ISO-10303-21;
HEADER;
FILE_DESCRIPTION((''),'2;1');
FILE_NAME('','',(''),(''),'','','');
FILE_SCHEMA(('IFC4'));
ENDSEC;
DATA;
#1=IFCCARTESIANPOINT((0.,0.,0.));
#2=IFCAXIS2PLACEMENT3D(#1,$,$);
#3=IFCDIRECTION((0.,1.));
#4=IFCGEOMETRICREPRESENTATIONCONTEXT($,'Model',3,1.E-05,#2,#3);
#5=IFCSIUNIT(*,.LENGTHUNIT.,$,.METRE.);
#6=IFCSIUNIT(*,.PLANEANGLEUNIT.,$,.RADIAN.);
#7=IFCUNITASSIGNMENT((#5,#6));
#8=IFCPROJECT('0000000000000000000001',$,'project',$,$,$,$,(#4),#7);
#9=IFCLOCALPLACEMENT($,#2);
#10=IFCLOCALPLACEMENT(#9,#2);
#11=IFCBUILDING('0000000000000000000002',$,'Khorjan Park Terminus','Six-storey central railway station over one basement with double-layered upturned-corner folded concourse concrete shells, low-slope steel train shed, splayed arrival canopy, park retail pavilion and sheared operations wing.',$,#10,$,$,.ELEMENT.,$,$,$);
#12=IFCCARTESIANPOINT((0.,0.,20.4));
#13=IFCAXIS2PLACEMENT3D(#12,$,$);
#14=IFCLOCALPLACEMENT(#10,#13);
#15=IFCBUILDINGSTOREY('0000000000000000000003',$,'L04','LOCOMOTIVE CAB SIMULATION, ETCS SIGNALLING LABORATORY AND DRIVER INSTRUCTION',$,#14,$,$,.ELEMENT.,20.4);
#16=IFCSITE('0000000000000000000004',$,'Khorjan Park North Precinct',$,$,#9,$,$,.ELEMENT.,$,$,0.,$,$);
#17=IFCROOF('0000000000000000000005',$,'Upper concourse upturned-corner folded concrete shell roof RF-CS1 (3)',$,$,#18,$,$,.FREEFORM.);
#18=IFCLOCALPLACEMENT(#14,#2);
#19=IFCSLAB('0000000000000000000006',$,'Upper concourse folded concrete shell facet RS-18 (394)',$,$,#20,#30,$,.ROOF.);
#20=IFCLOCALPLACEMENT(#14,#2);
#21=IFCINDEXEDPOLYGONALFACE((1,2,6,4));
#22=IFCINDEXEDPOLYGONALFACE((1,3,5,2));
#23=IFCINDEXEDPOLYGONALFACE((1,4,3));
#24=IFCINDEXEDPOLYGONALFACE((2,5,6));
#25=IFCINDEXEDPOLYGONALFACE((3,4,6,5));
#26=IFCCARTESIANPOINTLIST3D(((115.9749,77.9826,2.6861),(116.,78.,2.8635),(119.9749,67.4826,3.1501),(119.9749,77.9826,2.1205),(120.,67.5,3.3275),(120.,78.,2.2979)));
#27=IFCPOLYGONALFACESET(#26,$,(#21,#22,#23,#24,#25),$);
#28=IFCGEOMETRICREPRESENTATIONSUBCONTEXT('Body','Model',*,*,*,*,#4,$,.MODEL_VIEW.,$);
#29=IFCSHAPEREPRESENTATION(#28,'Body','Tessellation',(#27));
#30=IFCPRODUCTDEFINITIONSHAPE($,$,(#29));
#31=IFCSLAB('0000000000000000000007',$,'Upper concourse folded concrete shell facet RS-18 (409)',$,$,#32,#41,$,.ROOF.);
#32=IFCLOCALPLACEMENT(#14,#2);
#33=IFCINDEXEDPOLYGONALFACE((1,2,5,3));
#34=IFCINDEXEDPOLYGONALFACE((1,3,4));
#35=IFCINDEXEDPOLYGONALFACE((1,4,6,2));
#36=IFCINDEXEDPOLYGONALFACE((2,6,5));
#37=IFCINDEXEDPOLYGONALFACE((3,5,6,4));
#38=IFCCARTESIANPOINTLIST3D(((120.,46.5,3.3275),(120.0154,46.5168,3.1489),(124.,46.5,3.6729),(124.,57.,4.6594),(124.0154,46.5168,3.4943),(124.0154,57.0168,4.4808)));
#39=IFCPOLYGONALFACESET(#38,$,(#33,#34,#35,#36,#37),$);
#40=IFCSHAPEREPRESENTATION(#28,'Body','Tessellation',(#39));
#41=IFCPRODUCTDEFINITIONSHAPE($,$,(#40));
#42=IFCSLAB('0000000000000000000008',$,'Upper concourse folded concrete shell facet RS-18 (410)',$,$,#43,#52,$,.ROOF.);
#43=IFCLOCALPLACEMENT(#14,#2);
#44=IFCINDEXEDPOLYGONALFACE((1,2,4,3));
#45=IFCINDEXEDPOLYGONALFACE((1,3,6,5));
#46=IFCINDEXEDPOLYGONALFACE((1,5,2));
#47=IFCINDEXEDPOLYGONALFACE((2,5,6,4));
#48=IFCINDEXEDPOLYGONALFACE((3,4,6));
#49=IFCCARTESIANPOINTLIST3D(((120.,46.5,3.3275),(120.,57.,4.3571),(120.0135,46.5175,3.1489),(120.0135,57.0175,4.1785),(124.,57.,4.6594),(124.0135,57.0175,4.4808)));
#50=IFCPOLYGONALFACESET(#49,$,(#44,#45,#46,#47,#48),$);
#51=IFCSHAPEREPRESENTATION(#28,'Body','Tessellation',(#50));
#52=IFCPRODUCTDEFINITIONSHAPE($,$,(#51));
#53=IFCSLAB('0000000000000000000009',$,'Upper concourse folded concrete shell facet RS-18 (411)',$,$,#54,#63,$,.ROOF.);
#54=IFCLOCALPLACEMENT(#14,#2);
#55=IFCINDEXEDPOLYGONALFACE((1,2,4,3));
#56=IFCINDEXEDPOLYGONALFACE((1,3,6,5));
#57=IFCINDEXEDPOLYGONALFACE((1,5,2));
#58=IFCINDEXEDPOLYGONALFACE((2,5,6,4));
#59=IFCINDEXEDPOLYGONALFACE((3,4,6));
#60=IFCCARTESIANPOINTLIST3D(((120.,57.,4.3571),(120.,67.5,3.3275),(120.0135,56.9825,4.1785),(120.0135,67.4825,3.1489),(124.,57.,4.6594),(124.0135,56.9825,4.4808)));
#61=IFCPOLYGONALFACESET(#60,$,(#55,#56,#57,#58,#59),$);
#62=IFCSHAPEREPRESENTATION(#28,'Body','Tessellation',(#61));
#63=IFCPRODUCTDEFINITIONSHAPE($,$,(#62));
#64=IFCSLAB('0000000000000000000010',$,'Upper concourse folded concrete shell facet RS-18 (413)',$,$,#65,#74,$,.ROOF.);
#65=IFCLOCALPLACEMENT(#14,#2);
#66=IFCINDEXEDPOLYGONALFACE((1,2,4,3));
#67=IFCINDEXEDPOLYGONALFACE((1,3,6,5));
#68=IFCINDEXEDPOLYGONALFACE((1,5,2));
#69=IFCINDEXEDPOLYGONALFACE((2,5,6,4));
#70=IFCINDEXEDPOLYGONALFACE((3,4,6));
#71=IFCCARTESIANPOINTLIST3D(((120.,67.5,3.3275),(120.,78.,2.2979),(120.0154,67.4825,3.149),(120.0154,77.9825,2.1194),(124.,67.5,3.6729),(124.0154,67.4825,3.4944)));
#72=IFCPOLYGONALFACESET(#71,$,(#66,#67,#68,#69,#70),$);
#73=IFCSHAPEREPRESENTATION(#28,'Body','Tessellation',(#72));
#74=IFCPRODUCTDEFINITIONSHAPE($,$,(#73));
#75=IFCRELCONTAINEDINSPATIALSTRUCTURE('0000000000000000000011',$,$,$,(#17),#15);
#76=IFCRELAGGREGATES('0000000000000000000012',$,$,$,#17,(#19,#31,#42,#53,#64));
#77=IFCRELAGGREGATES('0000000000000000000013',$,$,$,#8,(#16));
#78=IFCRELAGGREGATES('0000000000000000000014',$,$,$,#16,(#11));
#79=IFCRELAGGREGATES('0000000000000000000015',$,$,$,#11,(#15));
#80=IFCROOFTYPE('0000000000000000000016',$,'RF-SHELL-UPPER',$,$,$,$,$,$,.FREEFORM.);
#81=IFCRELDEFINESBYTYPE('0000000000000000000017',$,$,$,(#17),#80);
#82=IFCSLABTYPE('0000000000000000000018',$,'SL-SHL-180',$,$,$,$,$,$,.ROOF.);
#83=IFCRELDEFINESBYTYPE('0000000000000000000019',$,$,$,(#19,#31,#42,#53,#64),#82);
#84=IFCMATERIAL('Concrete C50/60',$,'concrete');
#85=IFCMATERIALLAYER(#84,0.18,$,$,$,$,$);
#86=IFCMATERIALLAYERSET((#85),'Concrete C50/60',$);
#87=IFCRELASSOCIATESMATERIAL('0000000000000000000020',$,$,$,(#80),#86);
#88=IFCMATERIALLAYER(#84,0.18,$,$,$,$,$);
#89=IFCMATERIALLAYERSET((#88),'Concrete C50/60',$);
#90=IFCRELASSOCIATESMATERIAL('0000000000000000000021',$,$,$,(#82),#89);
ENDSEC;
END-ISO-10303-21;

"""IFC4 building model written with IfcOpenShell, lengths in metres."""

from ifc_helpers import new_model, si_unit, direction, frame, origin, place, context, subcontext, project, spatial, polyline, outline, extrude, material, layer, layer_set, type_object, element, aggregate, save


model = new_model("IFC4")

# Units and contexts
model_context = context("Model", 3, precision=1e-05, world=origin(), true_north=direction((0.0, 1.0)))
body_context = subcontext(model_context, "Body", "Model", "MODEL_VIEW")
ifc_project = project(units=[si_unit("LENGTHUNIT", "METRE"), si_unit("PLANEANGLEUNIT", "RADIAN")], contexts=[model_context])

# Site, building, storey
site_placement = place(None, origin())
site = spatial("IfcSite", under=ifc_project, at=site_placement, Name="Khorjan Park North Precinct", CompositionType="ELEMENT", RefElevation=0.0)
building_placement = place(site_placement, origin())
building = spatial("IfcBuilding", under=site, at=building_placement, Name="Khorjan Park Terminus", Description="Six-storey central railway station over one basement with double-layered upturned-corner folded concourse concrete shells, low-slope steel train shed, splayed arrival canopy, park retail pavilion and sheared operations wing.", CompositionType="ELEMENT")
storey_placement = place(building_placement, frame((0.0, 0.0, 20.4)))
storey = spatial("IfcBuildingStorey", under=building, at=storey_placement, Name="L04", Description="LOCOMOTIVE CAB SIMULATION, ETCS SIGNALLING LABORATORY AND DRIVER INSTRUCTION", CompositionType="ELEMENT", Elevation=20.4)

# Roof, slabs
ifc_material = material(Name="Concrete C50/60", Category="concrete")
ifc_layer_1 = layer(ifc_material, 0.18)
ifc_layer_set_1 = layer_set([ifc_layer_1], Name="Concrete C50/60")
roof_type = type_object("IfcRoofType", Name="RF-SHELL-UPPER", PredefinedType="FREEFORM", material=ifc_layer_set_1)
roof_placement = place(storey_placement, origin())
roof = element("IfcRoof", 1, at=roof_placement, inside=storey, type_object=roof_type, Name="Upper concourse upturned-corner folded concrete shell roof RF-CS1 (3)", PredefinedType="FREEFORM")
ifc_layer_2 = layer(ifc_material, 0.18)
ifc_layer_set_2 = layer_set([ifc_layer_2], Name="Concrete C50/60")
slab_type = type_object("IfcSlabType", Name="SL-SHL-180", PredefinedType="ROOF", material=ifc_layer_set_2)
slab_1_placement = place(storey_placement, frame((120.0, 67.5, 3.3275), z_axis=(0.139352, 0.096637, 0.985516), x_axis=(0.0, 0.995227, -0.097589)))
slab_1 = element("IfcSlab", 2, at=slab_1_placement, type_object=slab_type, Name="Upper concourse folded concrete shell facet RS-18 (394)", PredefinedType="ROOF", context=body_context, shape_type="SweptSolid", body=[
    extrude(outline(polyline([(0.0, 0.0), (10.5504, 0.0), (10.4952, 4.0394), (0.0, 0.0)])), origin(), (0.0, 0.0, -1.0), 0.18),
])
slab_2_placement = place(storey_placement, frame((120.0, 46.5, 3.3275), z_axis=(-0.085655, -0.093197, 0.991956), x_axis=(0.996293, 0.0, 0.08603)))
slab_2 = element("IfcSlab", 3, at=slab_2_placement, type_object=slab_type, Name="Upper concourse folded concrete shell facet RS-18 (409)", PredefinedType="ROOF", context=body_context, shape_type="SweptSolid", body=[
    extrude(outline(polyline([(0.0, 0.0), (4.0149, 0.0), (4.0998, 10.5459), (0.0, 0.0)])), origin(), (0.0, 0.0, -1.0), 0.18),
])
slab_3_placement = place(storey_placement, frame((120.0, 46.5, 3.3275), z_axis=(-0.075002, -0.097314, 0.992424), x_axis=(0.35352, 0.927991, 0.117713)))
slab_3 = element("IfcSlab", 4, at=slab_3_placement, type_object=slab_type, Name="Upper concourse folded concrete shell facet RS-18 (410)", PredefinedType="ROOF", context=body_context, shape_type="SweptSolid", body=[
    extrude(outline(polyline([(0.0, 0.0), (11.3148, 0.0), (9.8651, 3.7403), (0.0, 0.0)])), origin(), (0.0, 0.0, -1.0), 0.18),
])
slab_4_placement = place(storey_placement, frame((120.0, 57.0, 4.3571), z_axis=(-0.075002, 0.097314, 0.992424), x_axis=(0.997156, 0.0, 0.07536)))
slab_4 = element("IfcSlab", 5, at=slab_4_placement, type_object=slab_type, Name="Upper concourse folded concrete shell facet RS-18 (411)", PredefinedType="ROOF", context=body_context, shape_type="SweptSolid", body=[
    extrude(outline(polyline([(0.0, 0.0), (4.0114, 0.0), (-0.0776, 10.5501), (0.0, 0.0)])), origin(), (0.0, 0.0, -1.0), 0.18),
])
slab_5_placement = place(storey_placement, frame((120.0, 67.5, 3.3275), z_axis=(-0.085622, 0.097231, 0.991572), x_axis=(0.996293, 0.0, 0.08603)))
slab_5 = element("IfcSlab", 6, at=slab_5_placement, type_object=slab_type, Name="Upper concourse folded concrete shell facet RS-18 (413)", PredefinedType="ROOF", context=body_context, shape_type="SweptSolid", body=[
    extrude(outline(polyline([(0.0, 0.0), (4.0149, 0.0), (-0.0886, 10.55), (0.0, 0.0)])), origin(), (0.0, 0.0, -1.0), 0.18),
])
aggregate(roof, [slab_1, slab_2, slab_3, slab_4, slab_5])

save(model, "model.ifc")
